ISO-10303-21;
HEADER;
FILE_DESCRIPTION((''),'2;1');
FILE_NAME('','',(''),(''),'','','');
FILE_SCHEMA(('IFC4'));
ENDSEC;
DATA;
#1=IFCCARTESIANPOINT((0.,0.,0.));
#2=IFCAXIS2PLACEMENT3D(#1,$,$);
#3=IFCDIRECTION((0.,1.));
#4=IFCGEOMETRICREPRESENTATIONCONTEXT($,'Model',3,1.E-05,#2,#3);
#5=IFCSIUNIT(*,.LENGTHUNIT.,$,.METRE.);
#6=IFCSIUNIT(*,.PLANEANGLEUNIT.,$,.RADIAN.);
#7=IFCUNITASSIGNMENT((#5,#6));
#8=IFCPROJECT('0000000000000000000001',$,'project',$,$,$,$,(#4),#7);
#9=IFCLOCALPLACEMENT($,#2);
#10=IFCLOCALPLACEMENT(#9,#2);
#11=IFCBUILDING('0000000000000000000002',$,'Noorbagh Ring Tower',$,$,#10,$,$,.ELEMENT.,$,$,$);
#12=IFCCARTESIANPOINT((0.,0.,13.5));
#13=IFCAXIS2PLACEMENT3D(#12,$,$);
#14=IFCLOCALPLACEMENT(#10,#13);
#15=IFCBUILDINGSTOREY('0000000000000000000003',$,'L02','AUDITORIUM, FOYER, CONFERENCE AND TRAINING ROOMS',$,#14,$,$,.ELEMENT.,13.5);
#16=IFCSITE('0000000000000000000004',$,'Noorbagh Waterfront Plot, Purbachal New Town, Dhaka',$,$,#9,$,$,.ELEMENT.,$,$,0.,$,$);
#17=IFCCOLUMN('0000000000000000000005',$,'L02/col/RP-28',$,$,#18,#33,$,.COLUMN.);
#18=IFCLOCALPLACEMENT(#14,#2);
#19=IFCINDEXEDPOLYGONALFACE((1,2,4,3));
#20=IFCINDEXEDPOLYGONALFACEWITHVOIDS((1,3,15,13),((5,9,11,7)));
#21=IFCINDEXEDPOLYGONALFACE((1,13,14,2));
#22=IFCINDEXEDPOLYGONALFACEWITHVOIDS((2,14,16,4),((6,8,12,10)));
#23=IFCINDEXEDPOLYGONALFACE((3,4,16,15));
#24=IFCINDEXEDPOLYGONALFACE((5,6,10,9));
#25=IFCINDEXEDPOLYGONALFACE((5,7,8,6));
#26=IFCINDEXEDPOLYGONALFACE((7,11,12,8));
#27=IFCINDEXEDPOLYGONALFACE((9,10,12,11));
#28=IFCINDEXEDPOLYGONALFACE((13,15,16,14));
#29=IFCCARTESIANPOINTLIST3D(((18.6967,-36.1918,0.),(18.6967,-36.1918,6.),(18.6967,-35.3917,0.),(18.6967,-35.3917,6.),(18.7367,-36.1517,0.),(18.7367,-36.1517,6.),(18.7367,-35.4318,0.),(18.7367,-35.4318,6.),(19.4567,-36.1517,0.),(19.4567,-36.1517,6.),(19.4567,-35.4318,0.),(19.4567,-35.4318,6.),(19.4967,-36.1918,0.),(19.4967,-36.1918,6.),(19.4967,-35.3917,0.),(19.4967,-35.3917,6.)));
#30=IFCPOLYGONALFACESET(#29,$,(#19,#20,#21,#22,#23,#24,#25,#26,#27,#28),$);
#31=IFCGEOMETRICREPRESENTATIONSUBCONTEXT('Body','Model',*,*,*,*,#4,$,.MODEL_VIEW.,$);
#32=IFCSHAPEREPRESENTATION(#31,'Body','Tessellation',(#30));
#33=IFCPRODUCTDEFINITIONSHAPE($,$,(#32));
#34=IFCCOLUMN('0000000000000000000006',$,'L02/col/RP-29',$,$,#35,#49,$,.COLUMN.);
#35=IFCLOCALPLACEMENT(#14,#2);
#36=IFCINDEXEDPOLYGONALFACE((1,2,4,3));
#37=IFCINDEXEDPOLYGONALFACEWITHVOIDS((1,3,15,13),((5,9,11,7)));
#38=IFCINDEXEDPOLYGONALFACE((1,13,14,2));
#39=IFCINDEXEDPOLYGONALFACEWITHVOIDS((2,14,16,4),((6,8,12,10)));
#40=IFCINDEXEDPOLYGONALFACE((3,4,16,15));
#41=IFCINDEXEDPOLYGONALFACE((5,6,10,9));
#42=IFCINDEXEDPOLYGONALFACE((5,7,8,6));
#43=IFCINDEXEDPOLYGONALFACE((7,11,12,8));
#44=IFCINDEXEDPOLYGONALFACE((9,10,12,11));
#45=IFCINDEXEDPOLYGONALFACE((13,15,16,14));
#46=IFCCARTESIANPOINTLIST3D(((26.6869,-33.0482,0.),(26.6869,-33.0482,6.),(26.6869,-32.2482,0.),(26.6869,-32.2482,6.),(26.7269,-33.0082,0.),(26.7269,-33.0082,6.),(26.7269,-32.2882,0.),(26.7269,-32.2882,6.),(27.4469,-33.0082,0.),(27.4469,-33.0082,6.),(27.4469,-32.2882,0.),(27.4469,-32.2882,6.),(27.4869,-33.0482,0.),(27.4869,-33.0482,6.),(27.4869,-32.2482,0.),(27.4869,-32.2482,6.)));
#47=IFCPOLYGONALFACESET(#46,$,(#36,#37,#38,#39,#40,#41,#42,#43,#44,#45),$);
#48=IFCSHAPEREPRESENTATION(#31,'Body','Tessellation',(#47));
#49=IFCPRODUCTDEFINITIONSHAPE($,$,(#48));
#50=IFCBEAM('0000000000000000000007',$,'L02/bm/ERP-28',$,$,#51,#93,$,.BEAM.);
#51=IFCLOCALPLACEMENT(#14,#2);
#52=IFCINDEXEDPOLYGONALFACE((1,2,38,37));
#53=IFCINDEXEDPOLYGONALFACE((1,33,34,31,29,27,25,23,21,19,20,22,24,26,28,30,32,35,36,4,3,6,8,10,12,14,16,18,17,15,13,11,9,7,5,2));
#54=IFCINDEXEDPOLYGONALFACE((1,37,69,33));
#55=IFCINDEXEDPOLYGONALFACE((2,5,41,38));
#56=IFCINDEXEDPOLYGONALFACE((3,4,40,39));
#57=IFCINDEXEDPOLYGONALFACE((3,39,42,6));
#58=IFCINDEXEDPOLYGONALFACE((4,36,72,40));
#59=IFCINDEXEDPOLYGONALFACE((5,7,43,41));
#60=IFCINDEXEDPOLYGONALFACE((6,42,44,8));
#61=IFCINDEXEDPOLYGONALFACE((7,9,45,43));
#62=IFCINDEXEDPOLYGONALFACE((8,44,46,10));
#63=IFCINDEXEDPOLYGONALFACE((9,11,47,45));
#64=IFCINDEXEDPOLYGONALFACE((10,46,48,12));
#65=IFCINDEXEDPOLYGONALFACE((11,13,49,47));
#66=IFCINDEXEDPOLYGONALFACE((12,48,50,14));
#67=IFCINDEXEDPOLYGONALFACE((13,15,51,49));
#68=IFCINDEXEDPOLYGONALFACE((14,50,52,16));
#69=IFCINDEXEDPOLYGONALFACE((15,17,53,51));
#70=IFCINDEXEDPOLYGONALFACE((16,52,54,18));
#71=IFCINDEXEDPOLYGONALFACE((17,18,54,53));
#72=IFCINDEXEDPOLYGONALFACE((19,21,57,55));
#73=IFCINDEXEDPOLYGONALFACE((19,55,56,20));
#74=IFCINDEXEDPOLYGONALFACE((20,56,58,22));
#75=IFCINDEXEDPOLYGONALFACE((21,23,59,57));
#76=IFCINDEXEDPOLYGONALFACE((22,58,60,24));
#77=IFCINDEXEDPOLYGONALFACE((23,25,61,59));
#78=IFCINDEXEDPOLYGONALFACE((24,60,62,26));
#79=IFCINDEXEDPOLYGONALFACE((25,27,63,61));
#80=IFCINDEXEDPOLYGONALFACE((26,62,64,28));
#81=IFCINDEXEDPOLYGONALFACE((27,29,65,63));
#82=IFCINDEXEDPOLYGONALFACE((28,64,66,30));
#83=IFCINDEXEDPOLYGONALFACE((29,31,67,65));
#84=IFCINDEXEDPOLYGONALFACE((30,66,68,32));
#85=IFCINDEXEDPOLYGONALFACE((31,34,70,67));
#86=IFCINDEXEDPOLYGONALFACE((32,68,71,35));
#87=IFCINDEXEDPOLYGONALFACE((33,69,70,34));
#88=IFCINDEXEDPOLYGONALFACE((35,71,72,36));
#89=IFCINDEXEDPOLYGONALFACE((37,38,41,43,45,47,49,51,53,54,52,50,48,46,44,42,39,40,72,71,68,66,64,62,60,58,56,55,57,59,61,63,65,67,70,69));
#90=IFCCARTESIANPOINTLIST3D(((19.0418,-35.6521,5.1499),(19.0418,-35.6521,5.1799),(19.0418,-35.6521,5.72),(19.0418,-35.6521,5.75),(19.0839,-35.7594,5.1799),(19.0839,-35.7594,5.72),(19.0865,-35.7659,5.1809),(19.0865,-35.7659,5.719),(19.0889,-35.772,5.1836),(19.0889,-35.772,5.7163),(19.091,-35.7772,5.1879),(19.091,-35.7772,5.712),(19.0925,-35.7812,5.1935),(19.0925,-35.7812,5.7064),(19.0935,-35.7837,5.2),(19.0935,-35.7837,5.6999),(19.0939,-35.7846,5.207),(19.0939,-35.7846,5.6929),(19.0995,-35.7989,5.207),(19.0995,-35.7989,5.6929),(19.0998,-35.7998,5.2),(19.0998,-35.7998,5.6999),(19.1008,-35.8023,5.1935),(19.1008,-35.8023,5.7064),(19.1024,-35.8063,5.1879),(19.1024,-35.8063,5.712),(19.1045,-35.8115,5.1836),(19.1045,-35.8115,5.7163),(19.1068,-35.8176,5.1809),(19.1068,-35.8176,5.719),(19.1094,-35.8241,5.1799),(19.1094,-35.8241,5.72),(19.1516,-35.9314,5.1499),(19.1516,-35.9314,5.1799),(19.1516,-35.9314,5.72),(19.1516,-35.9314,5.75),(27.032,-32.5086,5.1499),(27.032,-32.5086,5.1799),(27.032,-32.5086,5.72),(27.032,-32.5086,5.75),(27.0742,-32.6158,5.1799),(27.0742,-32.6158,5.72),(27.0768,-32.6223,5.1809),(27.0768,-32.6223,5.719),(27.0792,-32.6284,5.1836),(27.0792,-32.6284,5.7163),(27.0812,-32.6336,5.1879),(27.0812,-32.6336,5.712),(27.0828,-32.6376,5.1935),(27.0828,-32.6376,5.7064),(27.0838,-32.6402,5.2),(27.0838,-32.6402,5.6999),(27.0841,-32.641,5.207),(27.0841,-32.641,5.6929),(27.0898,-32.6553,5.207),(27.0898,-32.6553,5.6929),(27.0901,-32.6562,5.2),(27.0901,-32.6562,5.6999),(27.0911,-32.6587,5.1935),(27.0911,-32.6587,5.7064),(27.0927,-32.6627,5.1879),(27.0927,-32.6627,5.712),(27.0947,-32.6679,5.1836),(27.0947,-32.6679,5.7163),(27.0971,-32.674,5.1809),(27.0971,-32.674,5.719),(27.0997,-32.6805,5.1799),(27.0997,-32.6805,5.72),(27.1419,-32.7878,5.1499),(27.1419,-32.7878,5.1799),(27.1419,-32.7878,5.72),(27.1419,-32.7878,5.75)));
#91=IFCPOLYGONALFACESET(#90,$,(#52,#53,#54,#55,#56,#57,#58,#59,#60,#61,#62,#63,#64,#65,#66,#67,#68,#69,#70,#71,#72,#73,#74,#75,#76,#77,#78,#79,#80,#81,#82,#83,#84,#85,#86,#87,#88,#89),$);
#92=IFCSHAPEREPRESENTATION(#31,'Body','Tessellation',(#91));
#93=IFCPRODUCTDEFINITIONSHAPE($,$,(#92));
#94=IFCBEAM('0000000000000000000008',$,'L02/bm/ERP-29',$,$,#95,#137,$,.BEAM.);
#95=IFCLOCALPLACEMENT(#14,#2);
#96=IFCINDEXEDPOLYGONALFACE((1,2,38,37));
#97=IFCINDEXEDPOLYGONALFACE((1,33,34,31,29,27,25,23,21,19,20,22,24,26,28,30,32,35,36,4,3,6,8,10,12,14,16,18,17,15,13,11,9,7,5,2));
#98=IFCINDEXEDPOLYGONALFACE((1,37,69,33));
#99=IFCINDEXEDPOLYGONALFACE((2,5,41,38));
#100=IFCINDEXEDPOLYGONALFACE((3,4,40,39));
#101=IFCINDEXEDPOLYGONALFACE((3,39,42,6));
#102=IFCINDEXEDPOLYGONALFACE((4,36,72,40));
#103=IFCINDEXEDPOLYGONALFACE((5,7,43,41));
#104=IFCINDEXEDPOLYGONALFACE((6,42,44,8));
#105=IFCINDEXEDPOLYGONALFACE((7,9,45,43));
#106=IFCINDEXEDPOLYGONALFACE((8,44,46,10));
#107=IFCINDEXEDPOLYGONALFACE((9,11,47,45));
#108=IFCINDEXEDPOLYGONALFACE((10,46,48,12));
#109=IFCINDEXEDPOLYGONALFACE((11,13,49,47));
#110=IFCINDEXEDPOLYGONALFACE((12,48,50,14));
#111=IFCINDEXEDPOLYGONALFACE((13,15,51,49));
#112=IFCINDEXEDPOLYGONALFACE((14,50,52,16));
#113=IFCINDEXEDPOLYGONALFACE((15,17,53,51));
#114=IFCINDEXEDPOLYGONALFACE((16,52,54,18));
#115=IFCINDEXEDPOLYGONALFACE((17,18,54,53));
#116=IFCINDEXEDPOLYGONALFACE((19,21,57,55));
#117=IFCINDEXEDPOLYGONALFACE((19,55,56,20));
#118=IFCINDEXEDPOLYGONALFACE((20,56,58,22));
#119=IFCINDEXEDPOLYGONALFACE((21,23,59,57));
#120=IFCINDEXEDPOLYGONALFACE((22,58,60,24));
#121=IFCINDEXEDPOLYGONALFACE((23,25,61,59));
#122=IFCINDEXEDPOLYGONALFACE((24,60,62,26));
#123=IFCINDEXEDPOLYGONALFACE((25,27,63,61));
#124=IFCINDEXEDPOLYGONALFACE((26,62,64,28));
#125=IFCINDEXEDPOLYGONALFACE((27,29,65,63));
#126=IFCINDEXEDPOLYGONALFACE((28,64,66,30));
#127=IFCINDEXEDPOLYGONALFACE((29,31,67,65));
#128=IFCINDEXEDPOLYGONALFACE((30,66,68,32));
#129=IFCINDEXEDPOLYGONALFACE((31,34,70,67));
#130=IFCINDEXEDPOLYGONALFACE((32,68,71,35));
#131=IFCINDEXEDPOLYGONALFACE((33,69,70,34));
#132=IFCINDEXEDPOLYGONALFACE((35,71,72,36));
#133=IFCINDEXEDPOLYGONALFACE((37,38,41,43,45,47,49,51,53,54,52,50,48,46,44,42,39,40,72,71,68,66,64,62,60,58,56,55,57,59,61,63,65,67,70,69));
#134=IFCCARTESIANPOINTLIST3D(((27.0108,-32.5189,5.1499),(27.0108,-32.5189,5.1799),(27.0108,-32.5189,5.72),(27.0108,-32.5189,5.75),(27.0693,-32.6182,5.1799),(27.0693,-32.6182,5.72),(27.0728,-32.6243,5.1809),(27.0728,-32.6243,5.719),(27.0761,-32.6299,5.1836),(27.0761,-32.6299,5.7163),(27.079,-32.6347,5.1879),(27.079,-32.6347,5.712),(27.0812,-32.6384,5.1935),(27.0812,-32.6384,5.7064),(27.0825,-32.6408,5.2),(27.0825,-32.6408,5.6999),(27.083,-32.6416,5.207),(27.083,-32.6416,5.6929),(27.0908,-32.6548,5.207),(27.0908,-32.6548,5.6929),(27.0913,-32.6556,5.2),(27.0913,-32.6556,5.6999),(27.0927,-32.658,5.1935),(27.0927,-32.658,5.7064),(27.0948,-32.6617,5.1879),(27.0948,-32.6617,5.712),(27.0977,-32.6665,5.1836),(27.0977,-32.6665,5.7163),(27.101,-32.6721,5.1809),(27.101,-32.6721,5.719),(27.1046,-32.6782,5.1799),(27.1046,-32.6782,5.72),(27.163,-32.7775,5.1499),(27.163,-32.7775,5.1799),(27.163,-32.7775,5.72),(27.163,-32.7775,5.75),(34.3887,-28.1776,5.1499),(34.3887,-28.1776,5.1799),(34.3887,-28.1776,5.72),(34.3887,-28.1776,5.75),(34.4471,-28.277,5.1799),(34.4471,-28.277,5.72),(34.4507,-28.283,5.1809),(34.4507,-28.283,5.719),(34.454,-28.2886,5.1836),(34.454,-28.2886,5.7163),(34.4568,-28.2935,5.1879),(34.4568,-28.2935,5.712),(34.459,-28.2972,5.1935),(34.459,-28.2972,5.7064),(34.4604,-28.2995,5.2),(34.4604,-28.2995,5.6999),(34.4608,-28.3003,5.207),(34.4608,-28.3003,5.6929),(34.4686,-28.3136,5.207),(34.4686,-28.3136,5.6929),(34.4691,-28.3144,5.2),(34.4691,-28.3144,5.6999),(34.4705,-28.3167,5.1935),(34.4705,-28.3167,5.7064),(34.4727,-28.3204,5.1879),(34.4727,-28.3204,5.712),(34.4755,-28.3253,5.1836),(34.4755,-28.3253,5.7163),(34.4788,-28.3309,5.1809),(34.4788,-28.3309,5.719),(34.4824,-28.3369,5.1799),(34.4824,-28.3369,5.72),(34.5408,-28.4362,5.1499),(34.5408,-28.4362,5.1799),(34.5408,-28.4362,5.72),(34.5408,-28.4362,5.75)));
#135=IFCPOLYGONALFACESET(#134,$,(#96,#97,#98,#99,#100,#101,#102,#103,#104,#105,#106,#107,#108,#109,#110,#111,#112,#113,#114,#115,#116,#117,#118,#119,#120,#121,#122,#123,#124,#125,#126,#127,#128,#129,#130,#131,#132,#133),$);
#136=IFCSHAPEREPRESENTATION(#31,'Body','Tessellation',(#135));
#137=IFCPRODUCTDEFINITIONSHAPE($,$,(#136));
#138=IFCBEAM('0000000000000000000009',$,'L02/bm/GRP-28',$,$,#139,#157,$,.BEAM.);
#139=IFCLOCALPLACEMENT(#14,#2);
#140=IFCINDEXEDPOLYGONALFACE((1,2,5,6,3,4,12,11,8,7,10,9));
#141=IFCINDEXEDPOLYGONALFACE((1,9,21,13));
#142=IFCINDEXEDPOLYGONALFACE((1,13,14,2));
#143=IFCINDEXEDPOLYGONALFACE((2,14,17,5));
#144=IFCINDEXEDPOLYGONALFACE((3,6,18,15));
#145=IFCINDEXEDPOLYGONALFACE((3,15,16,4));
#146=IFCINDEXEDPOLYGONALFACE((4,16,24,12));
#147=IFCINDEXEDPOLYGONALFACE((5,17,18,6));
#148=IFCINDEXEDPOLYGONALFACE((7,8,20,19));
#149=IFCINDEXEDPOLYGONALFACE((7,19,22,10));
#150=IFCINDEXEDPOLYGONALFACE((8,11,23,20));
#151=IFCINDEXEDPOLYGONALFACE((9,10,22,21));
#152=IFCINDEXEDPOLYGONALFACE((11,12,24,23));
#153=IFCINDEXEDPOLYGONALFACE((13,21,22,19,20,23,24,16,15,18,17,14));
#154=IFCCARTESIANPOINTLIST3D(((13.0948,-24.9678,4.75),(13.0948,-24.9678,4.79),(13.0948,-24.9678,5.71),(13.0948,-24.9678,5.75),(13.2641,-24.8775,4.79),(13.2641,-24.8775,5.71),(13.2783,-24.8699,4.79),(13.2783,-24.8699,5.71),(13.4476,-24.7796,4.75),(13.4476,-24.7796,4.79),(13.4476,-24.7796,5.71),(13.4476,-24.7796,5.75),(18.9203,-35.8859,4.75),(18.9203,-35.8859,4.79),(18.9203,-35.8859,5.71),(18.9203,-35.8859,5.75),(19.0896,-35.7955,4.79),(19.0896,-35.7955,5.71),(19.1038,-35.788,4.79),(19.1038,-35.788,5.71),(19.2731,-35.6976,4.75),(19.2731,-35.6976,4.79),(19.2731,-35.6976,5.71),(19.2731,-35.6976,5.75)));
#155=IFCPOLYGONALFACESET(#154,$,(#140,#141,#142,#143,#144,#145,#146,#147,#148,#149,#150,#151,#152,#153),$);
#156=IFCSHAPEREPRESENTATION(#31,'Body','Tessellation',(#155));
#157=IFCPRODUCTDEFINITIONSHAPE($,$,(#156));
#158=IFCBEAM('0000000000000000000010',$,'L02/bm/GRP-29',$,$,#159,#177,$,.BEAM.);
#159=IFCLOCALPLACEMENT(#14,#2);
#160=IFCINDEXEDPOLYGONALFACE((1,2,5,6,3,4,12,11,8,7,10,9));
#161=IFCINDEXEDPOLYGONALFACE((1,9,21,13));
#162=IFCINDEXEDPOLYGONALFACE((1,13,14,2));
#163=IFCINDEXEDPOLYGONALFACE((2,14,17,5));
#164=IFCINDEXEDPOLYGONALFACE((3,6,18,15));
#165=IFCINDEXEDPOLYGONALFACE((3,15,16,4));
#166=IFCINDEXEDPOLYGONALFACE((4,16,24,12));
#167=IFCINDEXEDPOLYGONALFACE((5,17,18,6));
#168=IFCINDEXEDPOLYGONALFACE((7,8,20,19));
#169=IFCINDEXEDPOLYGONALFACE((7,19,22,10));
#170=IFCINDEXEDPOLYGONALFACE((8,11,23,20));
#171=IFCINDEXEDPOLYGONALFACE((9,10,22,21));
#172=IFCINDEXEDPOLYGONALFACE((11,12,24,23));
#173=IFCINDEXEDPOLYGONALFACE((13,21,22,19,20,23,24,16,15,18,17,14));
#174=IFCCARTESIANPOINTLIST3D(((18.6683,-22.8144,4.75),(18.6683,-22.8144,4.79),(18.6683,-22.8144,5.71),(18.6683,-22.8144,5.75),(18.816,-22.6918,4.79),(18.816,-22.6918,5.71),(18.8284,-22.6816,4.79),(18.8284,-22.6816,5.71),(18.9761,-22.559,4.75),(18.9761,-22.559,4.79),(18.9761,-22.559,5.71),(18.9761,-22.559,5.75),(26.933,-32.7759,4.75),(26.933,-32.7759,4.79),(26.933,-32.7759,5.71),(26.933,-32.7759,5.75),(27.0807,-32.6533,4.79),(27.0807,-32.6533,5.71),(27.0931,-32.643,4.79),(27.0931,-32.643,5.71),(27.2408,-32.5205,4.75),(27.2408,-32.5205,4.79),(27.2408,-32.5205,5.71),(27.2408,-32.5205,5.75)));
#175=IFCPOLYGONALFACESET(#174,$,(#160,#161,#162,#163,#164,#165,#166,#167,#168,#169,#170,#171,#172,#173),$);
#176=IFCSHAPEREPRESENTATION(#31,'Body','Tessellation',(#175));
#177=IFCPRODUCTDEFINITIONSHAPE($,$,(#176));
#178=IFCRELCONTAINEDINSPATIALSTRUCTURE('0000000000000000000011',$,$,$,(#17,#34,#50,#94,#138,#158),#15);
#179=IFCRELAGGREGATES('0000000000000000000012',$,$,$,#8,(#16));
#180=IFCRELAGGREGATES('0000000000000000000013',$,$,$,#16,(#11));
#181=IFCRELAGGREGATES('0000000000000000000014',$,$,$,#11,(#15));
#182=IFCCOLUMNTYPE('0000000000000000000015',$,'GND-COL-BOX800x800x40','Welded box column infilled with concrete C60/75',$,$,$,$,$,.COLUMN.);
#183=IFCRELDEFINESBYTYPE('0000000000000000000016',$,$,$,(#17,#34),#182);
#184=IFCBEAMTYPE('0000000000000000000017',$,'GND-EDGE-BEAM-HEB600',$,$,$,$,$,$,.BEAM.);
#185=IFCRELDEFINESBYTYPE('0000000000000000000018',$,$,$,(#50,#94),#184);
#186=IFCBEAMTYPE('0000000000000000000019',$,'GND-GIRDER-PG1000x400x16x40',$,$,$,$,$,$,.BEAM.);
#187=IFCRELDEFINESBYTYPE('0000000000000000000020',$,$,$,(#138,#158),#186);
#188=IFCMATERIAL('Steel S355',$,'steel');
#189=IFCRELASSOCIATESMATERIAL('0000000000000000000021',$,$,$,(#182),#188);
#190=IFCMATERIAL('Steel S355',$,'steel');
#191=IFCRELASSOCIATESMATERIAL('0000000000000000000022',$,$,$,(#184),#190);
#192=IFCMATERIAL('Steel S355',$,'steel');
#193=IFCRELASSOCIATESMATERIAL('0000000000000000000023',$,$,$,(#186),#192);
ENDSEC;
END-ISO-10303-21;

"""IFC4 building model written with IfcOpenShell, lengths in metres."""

from ifc_helpers import new_model, si_unit, direction, frame, origin, origin_2d, place, context, subcontext, project, spatial, hollow_rectangle, i_section, extrude, material, material_profile, profile_set, type_object, element, save


model = new_model("IFC4")

# Units and contexts
model_context = context("Model", 3, precision=1e-05, world=origin(), true_north=direction((0.0, 1.0)))
body_context = subcontext(model_context, "Body", "Model", "MODEL_VIEW")
ifc_project = project(units=[si_unit("LENGTHUNIT", "METRE"), si_unit("PLANEANGLEUNIT", "RADIAN")], contexts=[model_context])

# Site, building, storey
site_placement = place(None, origin())
site = spatial("IfcSite", under=ifc_project, at=site_placement, Name="Noorbagh Waterfront Plot, Purbachal New Town, Dhaka", CompositionType="ELEMENT", RefElevation=0.0)
building_placement = place(site_placement, origin())
building = spatial("IfcBuilding", under=site, at=building_placement, Name="Noorbagh Ring Tower", CompositionType="ELEMENT")
storey_placement = place(building_placement, frame((0.0, 0.0, 13.5)))
storey = spatial("IfcBuildingStorey", under=building, at=storey_placement, Name="L02", Description="AUDITORIUM, FOYER, CONFERENCE AND TRAINING ROOMS", CompositionType="ELEMENT", Elevation=13.5)

# Columns
ifc_material_1 = material(Name="Steel S355", Category="steel")
ifc_material_profile_1 = material_profile(ifc_material_1, hollow_rectangle(XDim=0.8, YDim=0.8, WallThickness=0.04, at=origin_2d()), Name="BOX800x800x40")
ifc_profile_set_1 = profile_set([ifc_material_profile_1], Name="Steel S355")
column_type = type_object("IfcColumnType", Name="GND-COL-BOX800x800x40", Description="Welded box column infilled with concrete C60/75", PredefinedType="COLUMN", material=ifc_profile_set_1)
for number, where, z_axis, x_axis, name in (
    (1, (19.0967, -35.7917, 0.0), (0.0, 0.0, 1.0), (1.0, 0.0, 0.0), "L02/col/RP-28"),
    (2, (27.0869, -32.6482, 0.0), (0.0, 0.0, 1.0), (1.0, 0.0, 0.0), "L02/col/RP-29"),
):
    element("IfcColumn", number, at=place(storey_placement, frame(where, z_axis=z_axis, x_axis=x_axis)), inside=storey, type_object=column_type, Name=name, PredefinedType="COLUMN", context=body_context, shape_type="SweptSolid", body=[
        extrude(hollow_rectangle(XDim=0.8, YDim=0.8, WallThickness=0.04, at=origin_2d()), origin(), (0.0, 0.0, 1.0), 6.0),
    ])

# Beams
ifc_material_2 = material(Name="Steel S355", Category="steel")
ifc_material_profile_2 = material_profile(ifc_material_2, i_section(OverallWidth=0.3, OverallDepth=0.6001, WebThickness=0.0154, FlangeThickness=0.03, FilletRadius=0.0271, at=origin_2d()), Name="HEB600")
ifc_profile_set_2 = profile_set([ifc_material_profile_2], Name="Steel S355")
beam_type_1 = type_object("IfcBeamType", Name="GND-EDGE-BEAM-HEB600", PredefinedType="BEAM", material=ifc_profile_set_2)
beam_1_placement = place(storey_placement, frame((19.0967, -35.7917, 5.45), z_axis=(0.930572, 0.36611, 0.0), x_axis=(-0.36611, 0.930572, 0.0)))
element("IfcBeam", 3, at=beam_1_placement, inside=storey, type_object=beam_type_1, Name="L02/bm/ERP-28", PredefinedType="BEAM", context=body_context, shape_type="SweptSolid", body=[
    extrude(i_section(OverallWidth=0.3, OverallDepth=0.6001, WebThickness=0.0154, FlangeThickness=0.03, FilletRadius=0.0271, at=origin_2d()), origin(), (0.0, 0.0, 1.0), 8.5864),
])
beam_2_placement = place(storey_placement, frame((27.0869, -32.6482, 5.45), z_axis=(0.861865, 0.507137, 0.0), x_axis=(-0.507137, 0.861865, 0.0)))
element("IfcBeam", 4, at=beam_2_placement, inside=storey, type_object=beam_type_1, Name="L02/bm/ERP-29", PredefinedType="BEAM", context=body_context, shape_type="SweptSolid", body=[
    extrude(i_section(OverallWidth=0.3, OverallDepth=0.6001, WebThickness=0.0154, FlangeThickness=0.03, FilletRadius=0.0271, at=origin_2d()), origin(), (0.0, 0.0, 1.0), 8.5603),
])
ifc_material_3 = material(Name="Steel S355", Category="steel")
ifc_material_profile_3 = material_profile(ifc_material_3, i_section(OverallWidth=0.3999, OverallDepth=1.0, WebThickness=0.0161, FlangeThickness=0.04, at=origin_2d()), Name="PG1000x400x16x40")
ifc_profile_set_3 = profile_set([ifc_material_profile_3], Name="Steel S355")
beam_type_2 = type_object("IfcBeamType", Name="GND-GIRDER-PG1000x400x16x40", PredefinedType="BEAM", material=ifc_profile_set_3)
beam_3_placement = place(storey_placement, frame((19.0967, -35.7917, 5.25), z_axis=(-0.470747, 0.882268, 0.0), x_axis=(-0.882268, -0.470747, 0.0)))
element("IfcBeam", 5, at=beam_3_placement, inside=storey, type_object=beam_type_2, Name="L02/bm/GRP-28", PredefinedType="BEAM", context=body_context, shape_type="SweptSolid", body=[
    extrude(i_section(OverallWidth=0.3999, OverallDepth=1.0, WebThickness=0.0161, FlangeThickness=0.04, at=origin_2d()), origin(), (0.0, 0.0, 1.0), 12.375),
])
beam_4_placement = place(storey_placement, frame((27.0869, -32.6482, 5.25), z_axis=(-0.638517, 0.769608, 0.0), x_axis=(-0.769608, -0.638517, 0.0)))
element("IfcBeam", 6, at=beam_4_placement, inside=storey, type_object=beam_type_2, Name="L02/bm/GRP-29", PredefinedType="BEAM", context=body_context, shape_type="SweptSolid", body=[
    extrude(i_section(OverallWidth=0.3999, OverallDepth=1.0, WebThickness=0.0161, FlangeThickness=0.04, at=origin_2d()), origin(), (0.0, 0.0, 1.0), 12.9436),
])

save(model, "model.ifc")
